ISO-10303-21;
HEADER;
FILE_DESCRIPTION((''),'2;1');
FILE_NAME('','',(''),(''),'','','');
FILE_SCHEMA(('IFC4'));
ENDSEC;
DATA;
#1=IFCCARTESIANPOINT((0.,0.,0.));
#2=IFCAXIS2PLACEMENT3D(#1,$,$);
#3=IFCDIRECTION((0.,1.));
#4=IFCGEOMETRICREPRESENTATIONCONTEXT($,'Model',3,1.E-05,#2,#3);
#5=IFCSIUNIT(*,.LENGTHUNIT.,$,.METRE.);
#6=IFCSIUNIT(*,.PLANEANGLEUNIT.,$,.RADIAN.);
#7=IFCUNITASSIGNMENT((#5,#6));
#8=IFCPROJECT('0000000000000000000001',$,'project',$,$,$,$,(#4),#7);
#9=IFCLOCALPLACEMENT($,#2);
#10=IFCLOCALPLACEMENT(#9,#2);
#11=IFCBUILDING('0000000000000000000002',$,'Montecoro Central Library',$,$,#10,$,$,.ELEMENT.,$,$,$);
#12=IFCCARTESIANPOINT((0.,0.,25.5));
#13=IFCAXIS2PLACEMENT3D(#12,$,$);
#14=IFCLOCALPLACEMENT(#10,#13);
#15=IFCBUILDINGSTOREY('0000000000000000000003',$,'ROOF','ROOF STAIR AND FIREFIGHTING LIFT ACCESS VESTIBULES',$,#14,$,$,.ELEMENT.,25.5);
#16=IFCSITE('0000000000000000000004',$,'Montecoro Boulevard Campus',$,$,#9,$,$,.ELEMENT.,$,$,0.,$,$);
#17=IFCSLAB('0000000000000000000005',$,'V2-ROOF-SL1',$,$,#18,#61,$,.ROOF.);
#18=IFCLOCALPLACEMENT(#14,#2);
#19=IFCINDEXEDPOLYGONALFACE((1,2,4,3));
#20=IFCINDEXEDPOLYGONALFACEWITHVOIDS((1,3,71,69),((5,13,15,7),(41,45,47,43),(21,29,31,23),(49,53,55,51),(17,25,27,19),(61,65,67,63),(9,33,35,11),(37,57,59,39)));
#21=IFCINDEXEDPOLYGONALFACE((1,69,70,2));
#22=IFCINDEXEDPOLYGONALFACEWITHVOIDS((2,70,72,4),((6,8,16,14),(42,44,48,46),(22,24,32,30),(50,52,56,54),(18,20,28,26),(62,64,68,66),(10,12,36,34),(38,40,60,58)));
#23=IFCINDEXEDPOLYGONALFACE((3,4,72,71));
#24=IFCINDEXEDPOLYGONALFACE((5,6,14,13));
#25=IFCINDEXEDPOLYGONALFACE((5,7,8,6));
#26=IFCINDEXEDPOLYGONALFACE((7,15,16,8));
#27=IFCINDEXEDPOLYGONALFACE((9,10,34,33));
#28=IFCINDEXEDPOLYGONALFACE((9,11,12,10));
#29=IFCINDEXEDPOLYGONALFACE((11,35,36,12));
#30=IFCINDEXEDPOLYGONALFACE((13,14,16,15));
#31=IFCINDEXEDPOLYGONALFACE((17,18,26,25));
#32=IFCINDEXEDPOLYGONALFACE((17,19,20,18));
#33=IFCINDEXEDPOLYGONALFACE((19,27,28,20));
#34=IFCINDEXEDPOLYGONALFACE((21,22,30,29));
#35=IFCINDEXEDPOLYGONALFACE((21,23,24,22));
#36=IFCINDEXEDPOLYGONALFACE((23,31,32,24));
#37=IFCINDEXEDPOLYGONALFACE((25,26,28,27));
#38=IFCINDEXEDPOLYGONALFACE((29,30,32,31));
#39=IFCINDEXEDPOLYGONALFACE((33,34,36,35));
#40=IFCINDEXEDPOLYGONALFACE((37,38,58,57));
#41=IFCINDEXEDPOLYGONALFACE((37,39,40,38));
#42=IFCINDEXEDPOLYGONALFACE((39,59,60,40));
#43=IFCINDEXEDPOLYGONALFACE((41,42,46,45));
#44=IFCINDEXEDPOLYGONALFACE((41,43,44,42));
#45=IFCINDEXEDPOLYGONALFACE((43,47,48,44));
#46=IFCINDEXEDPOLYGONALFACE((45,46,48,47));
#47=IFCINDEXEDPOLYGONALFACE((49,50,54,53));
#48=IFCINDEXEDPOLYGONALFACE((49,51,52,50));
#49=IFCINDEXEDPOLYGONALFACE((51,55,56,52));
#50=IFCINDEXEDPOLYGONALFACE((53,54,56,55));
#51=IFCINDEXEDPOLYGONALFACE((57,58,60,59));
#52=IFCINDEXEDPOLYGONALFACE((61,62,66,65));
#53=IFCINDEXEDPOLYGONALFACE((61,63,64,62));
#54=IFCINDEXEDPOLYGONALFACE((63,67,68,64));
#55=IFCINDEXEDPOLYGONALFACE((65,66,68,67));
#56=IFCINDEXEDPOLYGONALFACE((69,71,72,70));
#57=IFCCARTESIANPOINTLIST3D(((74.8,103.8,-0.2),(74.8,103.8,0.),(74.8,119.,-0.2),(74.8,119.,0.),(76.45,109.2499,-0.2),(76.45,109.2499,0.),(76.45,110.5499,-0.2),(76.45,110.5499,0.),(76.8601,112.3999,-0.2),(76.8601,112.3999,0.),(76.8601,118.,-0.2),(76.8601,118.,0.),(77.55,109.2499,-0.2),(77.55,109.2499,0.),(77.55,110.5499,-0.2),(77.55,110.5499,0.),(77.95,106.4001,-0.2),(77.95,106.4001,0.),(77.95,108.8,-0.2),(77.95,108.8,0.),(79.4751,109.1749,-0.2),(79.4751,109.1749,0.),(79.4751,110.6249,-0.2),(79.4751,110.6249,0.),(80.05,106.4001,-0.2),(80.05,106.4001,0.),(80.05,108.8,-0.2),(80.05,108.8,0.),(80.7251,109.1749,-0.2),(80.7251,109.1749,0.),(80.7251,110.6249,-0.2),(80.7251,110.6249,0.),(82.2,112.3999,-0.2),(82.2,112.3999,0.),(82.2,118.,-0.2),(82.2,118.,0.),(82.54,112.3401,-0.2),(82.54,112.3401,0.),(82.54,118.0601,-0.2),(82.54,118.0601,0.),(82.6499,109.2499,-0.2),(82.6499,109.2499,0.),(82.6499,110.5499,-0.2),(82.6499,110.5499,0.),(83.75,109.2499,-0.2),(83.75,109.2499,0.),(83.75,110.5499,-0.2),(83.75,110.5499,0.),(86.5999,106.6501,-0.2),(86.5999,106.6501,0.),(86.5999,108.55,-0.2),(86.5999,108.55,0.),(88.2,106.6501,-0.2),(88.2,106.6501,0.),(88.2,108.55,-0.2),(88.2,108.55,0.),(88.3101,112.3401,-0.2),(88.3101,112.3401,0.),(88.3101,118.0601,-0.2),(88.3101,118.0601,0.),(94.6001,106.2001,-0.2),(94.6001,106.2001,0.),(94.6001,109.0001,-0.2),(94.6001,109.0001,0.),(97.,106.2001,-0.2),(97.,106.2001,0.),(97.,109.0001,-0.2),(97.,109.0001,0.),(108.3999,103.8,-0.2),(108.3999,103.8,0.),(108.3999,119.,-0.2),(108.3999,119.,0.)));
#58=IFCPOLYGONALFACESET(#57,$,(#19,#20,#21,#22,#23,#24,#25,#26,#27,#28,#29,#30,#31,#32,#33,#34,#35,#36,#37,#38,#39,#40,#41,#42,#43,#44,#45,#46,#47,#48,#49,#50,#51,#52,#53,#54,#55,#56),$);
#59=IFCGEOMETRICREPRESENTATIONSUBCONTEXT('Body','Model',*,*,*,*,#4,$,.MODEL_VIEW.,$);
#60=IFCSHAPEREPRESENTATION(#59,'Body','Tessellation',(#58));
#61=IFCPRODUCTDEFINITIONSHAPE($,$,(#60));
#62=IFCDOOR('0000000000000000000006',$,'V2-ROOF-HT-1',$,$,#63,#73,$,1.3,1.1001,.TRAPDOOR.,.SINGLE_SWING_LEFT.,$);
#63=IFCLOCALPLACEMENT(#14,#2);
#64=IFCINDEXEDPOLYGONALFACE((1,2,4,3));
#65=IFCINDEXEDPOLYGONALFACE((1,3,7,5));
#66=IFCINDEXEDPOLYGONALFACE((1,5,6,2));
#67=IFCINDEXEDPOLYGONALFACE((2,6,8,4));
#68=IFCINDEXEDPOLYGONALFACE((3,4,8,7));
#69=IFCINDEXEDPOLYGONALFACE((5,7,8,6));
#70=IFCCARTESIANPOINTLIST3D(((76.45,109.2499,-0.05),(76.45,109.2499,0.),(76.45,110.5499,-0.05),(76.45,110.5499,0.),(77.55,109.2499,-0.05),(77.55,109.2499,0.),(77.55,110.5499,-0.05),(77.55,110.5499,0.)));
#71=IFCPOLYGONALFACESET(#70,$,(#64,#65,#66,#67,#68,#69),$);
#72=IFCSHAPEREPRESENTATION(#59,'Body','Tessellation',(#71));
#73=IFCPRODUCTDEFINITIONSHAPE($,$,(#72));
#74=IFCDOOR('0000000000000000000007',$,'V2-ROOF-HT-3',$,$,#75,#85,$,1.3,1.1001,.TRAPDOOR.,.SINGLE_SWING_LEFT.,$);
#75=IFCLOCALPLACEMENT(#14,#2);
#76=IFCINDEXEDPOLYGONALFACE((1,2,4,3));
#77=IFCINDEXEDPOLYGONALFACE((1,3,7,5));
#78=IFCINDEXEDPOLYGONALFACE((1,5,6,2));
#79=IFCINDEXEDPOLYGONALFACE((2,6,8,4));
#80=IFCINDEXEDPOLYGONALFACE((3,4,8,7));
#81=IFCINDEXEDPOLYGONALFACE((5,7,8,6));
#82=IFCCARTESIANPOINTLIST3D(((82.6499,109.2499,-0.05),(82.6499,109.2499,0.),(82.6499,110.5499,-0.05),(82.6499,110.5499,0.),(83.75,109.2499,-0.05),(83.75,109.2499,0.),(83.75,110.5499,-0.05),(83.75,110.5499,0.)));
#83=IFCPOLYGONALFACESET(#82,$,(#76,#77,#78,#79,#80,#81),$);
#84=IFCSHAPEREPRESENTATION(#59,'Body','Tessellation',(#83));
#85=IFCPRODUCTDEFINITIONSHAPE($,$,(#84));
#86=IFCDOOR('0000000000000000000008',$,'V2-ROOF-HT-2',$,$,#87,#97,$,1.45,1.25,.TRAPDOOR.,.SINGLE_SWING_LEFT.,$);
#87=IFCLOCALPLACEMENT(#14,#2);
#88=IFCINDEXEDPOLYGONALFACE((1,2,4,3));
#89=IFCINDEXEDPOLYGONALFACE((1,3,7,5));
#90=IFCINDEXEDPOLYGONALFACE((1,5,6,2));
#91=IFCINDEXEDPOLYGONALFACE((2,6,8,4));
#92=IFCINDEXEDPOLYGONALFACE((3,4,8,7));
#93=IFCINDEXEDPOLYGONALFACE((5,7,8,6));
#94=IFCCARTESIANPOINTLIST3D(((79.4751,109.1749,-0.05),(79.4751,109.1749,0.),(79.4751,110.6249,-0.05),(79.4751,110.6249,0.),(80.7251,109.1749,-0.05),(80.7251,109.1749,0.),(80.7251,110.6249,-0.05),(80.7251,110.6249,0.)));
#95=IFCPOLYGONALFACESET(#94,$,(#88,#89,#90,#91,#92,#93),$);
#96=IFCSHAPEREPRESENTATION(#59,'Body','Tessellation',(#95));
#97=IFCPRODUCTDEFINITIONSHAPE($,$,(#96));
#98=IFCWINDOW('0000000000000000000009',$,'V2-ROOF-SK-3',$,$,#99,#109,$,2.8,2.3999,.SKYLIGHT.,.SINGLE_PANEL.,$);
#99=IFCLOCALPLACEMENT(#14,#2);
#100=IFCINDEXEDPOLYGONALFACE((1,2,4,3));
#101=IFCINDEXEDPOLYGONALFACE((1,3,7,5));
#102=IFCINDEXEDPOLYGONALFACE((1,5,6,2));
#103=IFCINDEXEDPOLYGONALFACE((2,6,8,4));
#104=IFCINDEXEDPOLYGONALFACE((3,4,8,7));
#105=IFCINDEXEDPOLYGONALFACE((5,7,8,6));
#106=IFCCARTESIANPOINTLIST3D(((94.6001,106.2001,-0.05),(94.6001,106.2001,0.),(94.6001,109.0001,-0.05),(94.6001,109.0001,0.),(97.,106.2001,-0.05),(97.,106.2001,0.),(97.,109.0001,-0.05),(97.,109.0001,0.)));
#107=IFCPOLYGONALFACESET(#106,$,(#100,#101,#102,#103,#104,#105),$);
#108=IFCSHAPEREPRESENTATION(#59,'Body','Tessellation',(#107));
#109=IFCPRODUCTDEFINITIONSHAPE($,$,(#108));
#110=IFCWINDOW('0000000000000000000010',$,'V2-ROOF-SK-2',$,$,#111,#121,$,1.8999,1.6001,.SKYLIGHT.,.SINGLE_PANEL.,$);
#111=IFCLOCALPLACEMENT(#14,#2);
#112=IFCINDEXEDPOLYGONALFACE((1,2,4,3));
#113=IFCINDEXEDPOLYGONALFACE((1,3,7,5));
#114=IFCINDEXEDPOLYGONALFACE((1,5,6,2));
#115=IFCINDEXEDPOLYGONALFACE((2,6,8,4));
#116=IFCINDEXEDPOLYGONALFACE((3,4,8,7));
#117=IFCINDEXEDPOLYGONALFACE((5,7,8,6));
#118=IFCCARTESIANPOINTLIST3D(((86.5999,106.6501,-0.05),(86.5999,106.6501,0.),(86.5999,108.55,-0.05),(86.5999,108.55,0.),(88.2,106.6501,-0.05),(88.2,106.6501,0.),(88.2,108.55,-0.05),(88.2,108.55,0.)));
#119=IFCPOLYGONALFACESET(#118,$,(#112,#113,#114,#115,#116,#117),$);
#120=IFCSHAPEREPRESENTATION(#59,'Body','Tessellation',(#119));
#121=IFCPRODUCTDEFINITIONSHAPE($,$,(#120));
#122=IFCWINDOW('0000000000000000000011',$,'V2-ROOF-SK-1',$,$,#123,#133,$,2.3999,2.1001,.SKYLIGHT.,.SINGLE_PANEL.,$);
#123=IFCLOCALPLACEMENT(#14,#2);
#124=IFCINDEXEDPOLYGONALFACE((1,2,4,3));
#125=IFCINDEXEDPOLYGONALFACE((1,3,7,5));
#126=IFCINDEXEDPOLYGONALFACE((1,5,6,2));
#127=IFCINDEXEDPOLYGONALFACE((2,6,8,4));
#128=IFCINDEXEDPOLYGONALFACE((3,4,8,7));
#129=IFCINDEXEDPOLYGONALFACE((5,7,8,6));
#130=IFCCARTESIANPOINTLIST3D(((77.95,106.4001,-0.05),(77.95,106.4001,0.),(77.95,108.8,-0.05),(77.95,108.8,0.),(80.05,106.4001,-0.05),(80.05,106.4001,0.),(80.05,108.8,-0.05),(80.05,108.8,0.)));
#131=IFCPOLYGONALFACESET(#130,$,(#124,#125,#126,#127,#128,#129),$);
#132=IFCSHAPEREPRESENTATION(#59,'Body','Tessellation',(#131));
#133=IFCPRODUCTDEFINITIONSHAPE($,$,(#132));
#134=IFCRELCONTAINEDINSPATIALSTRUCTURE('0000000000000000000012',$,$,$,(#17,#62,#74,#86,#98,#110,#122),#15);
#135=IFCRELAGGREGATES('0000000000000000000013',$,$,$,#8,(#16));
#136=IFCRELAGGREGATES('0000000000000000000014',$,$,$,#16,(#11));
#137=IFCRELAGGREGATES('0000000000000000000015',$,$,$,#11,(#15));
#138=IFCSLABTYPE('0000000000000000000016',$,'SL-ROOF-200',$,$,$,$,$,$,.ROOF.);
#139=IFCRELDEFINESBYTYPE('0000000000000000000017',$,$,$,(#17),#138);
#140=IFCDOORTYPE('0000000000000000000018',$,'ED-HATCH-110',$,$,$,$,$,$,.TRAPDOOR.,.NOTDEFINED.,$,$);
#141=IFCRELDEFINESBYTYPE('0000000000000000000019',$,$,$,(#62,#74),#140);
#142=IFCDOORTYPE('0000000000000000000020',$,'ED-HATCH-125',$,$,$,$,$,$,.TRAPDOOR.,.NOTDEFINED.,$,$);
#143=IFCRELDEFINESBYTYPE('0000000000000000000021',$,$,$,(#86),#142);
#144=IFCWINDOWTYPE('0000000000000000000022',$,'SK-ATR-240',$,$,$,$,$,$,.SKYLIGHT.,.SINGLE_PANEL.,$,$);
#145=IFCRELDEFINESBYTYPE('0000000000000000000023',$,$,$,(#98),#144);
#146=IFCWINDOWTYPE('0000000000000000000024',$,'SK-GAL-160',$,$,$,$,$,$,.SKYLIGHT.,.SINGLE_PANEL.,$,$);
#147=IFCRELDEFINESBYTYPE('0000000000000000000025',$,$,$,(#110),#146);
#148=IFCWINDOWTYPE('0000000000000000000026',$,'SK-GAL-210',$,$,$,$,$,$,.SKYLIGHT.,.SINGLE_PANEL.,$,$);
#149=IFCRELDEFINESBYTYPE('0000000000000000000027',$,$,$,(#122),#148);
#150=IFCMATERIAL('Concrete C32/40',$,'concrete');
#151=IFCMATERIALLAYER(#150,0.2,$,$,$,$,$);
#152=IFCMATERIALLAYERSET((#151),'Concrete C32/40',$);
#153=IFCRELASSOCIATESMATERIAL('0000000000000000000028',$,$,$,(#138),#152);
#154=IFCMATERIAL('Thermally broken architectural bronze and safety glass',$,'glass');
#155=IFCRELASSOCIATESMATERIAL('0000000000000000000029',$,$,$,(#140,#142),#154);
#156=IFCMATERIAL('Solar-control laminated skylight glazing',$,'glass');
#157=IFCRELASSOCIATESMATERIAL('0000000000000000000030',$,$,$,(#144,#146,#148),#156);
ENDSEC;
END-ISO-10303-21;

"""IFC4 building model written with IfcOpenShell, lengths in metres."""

from ifc_helpers import new_model, si_unit, direction, frame, origin, origin_2d, place, context, subcontext, project, spatial, polyline, rectangle, outline, extrude, material, layer, layer_set, type_object, element, fill, save


model = new_model("IFC4")

# Units and contexts
model_context = context("Model", 3, precision=1e-05, world=origin(), true_north=direction((0.0, 1.0)))
body_context = subcontext(model_context, "Body", "Model", "MODEL_VIEW")
ifc_project = project(units=[si_unit("LENGTHUNIT", "METRE"), si_unit("PLANEANGLEUNIT", "RADIAN")], contexts=[model_context])

# Site, building, storey
site_placement = place(None, origin())
site = spatial("IfcSite", under=ifc_project, at=site_placement, Name="Montecoro Boulevard Campus", CompositionType="ELEMENT", RefElevation=0.0)
building_placement = place(site_placement, origin())
building = spatial("IfcBuilding", under=site, at=building_placement, Name="Montecoro Central Library", CompositionType="ELEMENT")
storey_placement = place(building_placement, frame((0.0, 0.0, 25.5)))
storey = spatial("IfcBuildingStorey", under=building, at=storey_placement, Name="ROOF", Description="ROOF STAIR AND FIREFIGHTING LIFT ACCESS VESTIBULES", CompositionType="ELEMENT", Elevation=25.5)

# Shared definitions
ifc_material_1 = material(Name="Concrete C32/40", Category="concrete")

# Shared definitions
ifc_material_2 = material(Name="Solar-control laminated skylight glazing", Category="glass")

# Slab, openings, doors, windows
ifc_layer_1 = layer(ifc_material_1, 0.2)
ifc_layer_set_1 = layer_set([ifc_layer_1], Name="Concrete C32/40")
slab_type_1 = type_object("IfcSlabType", Name="SL-ROOF-200", PredefinedType="ROOF", material=ifc_layer_set_1)
slab_1_placement = place(storey_placement, frame((0.0, 0.0, -0.2)))
slab_1 = element("IfcSlab", 1, at=slab_1_placement, inside=storey, type_object=slab_type_1, Name="V2-ROOF-SL1", PredefinedType="ROOF", context=body_context, shape_type="SweptSolid", body=[
    extrude(outline(polyline([(74.8, 103.8), (108.3999, 103.8), (108.3999, 119.0), (74.8, 119.0), (74.8, 103.8)]), holes=[polyline([(76.8601, 118.0), (82.2, 118.0), (82.2, 112.3999), (76.8601, 112.3999), (76.8601, 118.0)]), polyline([(82.54, 118.0601), (88.3101, 118.0601), (88.3101, 112.3401), (82.54, 112.3401), (82.54, 118.0601)])]), origin(), (0.0, 0.0, 1.0), 0.2),
])
opening_1_placement = place(slab_1_placement, frame((77.0, 109.8999, 0.0)))
opening_1 = element("IfcOpeningElement", 2, at=opening_1_placement, cuts=slab_1, PredefinedType="OPENING", context=body_context, shape_type="SweptSolid", body=[
    extrude(rectangle(XDim=1.1001, YDim=1.3, at=origin_2d()), frame((0.0, 0.0, -0.01)), (0.0, 0.0, 1.0), 0.22),
])
opening_2_placement = place(slab_1_placement, frame((80.1001, 109.8999, 0.0)))
opening_2 = element("IfcOpeningElement", 3, at=opening_2_placement, cuts=slab_1, PredefinedType="OPENING", context=body_context, shape_type="SweptSolid", body=[
    extrude(rectangle(XDim=1.25, YDim=1.45, at=origin_2d()), frame((0.0, 0.0, -0.01)), (0.0, 0.0, 1.0), 0.22),
])
opening_3_placement = place(slab_1_placement, frame((83.2, 109.8999, 0.0)))
opening_3 = element("IfcOpeningElement", 4, at=opening_3_placement, cuts=slab_1, PredefinedType="OPENING", context=body_context, shape_type="SweptSolid", body=[
    extrude(rectangle(XDim=1.1001, YDim=1.3, at=origin_2d()), frame((0.0, 0.0, -0.01)), (0.0, 0.0, 1.0), 0.22),
])
opening_4_placement = place(slab_1_placement, frame((79.0, 107.6001, 0.0)))
opening_4 = element("IfcOpeningElement", 5, at=opening_4_placement, cuts=slab_1, PredefinedType="OPENING", context=body_context, shape_type="SweptSolid", body=[
    extrude(rectangle(XDim=2.1001, YDim=2.3999, at=origin_2d()), frame((0.0, 0.0, -0.01)), (0.0, 0.0, 1.0), 0.22),
])
opening_5_placement = place(slab_1_placement, frame((87.3999, 107.6001, 0.0)))
opening_5 = element("IfcOpeningElement", 6, at=opening_5_placement, cuts=slab_1, PredefinedType="OPENING", context=body_context, shape_type="SweptSolid", body=[
    extrude(rectangle(XDim=1.6001, YDim=1.8999, at=origin_2d()), frame((0.0, 0.0, -0.01)), (0.0, 0.0, 1.0), 0.22),
])
opening_6_placement = place(slab_1_placement, frame((95.8, 107.6001, 0.0)))
opening_6 = element("IfcOpeningElement", 7, at=opening_6_placement, cuts=slab_1, PredefinedType="OPENING", context=body_context, shape_type="SweptSolid", body=[
    extrude(rectangle(XDim=2.3999, YDim=2.8, at=origin_2d()), frame((0.0, 0.0, -0.01)), (0.0, 0.0, 1.0), 0.22),
])
ifc_material_3 = material(Name="Thermally broken architectural bronze and safety glass", Category="glass")
door_type_1 = type_object("IfcDoorType", Name="ED-HATCH-110", OperationType="NOTDEFINED", PredefinedType="TRAPDOOR", material=ifc_material_3)
door_1_placement = place(opening_1_placement, frame((0.0, 0.0, 0.1499)))
door_1 = element("IfcDoor", 8, at=door_1_placement, inside=storey, type_object=door_type_1, Name="V2-ROOF-HT-1", OperationType="SINGLE_SWING_LEFT", OverallHeight=1.3, OverallWidth=1.1001, PredefinedType="TRAPDOOR", context=body_context, shape_type="SweptSolid", body=[
    extrude(rectangle(XDim=1.1001, YDim=1.3, at=origin_2d()), origin(), (0.0, 0.0, 1.0), 0.05),
])
fill(opening_1, door_1)
door_2_placement = place(opening_3_placement, frame((0.0, 0.0, 0.1499)))
door_2 = element("IfcDoor", 9, at=door_2_placement, inside=storey, type_object=door_type_1, Name="V2-ROOF-HT-3", OperationType="SINGLE_SWING_LEFT", OverallHeight=1.3, OverallWidth=1.1001, PredefinedType="TRAPDOOR", context=body_context, shape_type="SweptSolid", body=[
    extrude(rectangle(XDim=1.1001, YDim=1.3, at=origin_2d()), origin(), (0.0, 0.0, 1.0), 0.05),
])
fill(opening_3, door_2)
door_type_2 = type_object("IfcDoorType", Name="ED-HATCH-125", OperationType="NOTDEFINED", PredefinedType="TRAPDOOR", material=ifc_material_3)
door_3_placement = place(opening_2_placement, frame((0.0, 0.0, 0.1499)))
door_3 = element("IfcDoor", 10, at=door_3_placement, inside=storey, type_object=door_type_2, Name="V2-ROOF-HT-2", OperationType="SINGLE_SWING_LEFT", OverallHeight=1.45, OverallWidth=1.25, PredefinedType="TRAPDOOR", context=body_context, shape_type="SweptSolid", body=[
    extrude(rectangle(XDim=1.25, YDim=1.45, at=origin_2d()), origin(), (0.0, 0.0, 1.0), 0.05),
])
fill(opening_2, door_3)
window_type_1 = type_object("IfcWindowType", Name="SK-ATR-240", PartitioningType="SINGLE_PANEL", PredefinedType="SKYLIGHT", material=ifc_material_2)
window_1_placement = place(opening_6_placement, frame((0.0, 0.0, 0.1499)))
window_1 = element("IfcWindow", 11, at=window_1_placement, inside=storey, type_object=window_type_1, Name="V2-ROOF-SK-3", OverallHeight=2.8, OverallWidth=2.3999, PartitioningType="SINGLE_PANEL", PredefinedType="SKYLIGHT", context=body_context, shape_type="SweptSolid", body=[
    extrude(rectangle(XDim=2.3999, YDim=2.8, at=origin_2d()), origin(), (0.0, 0.0, 1.0), 0.05),
])
fill(opening_6, window_1)
window_type_2 = type_object("IfcWindowType", Name="SK-GAL-160", PartitioningType="SINGLE_PANEL", PredefinedType="SKYLIGHT", material=ifc_material_2)
window_2_placement = place(opening_5_placement, frame((0.0, 0.0, 0.1499)))
window_2 = element("IfcWindow", 12, at=window_2_placement, inside=storey, type_object=window_type_2, Name="V2-ROOF-SK-2", OverallHeight=1.8999, OverallWidth=1.6001, PartitioningType="SINGLE_PANEL", PredefinedType="SKYLIGHT", context=body_context, shape_type="SweptSolid", body=[
    extrude(rectangle(XDim=1.6001, YDim=1.8999, at=origin_2d()), origin(), (0.0, 0.0, 1.0), 0.05),
])
fill(opening_5, window_2)
window_type_3 = type_object("IfcWindowType", Name="SK-GAL-210", PartitioningType="SINGLE_PANEL", PredefinedType="SKYLIGHT", material=ifc_material_2)
window_3_placement = place(opening_4_placement, frame((0.0, 0.0, 0.1499)))
window_3 = element("IfcWindow", 13, at=window_3_placement, inside=storey, type_object=window_type_3, Name="V2-ROOF-SK-1", OverallHeight=2.3999, OverallWidth=2.1001, PartitioningType="SINGLE_PANEL", PredefinedType="SKYLIGHT", context=body_context, shape_type="SweptSolid", body=[
    extrude(rectangle(XDim=2.1001, YDim=2.3999, at=origin_2d()), origin(), (0.0, 0.0, 1.0), 0.05),
])
fill(opening_4, window_3)

save(model, "model.ifc")
